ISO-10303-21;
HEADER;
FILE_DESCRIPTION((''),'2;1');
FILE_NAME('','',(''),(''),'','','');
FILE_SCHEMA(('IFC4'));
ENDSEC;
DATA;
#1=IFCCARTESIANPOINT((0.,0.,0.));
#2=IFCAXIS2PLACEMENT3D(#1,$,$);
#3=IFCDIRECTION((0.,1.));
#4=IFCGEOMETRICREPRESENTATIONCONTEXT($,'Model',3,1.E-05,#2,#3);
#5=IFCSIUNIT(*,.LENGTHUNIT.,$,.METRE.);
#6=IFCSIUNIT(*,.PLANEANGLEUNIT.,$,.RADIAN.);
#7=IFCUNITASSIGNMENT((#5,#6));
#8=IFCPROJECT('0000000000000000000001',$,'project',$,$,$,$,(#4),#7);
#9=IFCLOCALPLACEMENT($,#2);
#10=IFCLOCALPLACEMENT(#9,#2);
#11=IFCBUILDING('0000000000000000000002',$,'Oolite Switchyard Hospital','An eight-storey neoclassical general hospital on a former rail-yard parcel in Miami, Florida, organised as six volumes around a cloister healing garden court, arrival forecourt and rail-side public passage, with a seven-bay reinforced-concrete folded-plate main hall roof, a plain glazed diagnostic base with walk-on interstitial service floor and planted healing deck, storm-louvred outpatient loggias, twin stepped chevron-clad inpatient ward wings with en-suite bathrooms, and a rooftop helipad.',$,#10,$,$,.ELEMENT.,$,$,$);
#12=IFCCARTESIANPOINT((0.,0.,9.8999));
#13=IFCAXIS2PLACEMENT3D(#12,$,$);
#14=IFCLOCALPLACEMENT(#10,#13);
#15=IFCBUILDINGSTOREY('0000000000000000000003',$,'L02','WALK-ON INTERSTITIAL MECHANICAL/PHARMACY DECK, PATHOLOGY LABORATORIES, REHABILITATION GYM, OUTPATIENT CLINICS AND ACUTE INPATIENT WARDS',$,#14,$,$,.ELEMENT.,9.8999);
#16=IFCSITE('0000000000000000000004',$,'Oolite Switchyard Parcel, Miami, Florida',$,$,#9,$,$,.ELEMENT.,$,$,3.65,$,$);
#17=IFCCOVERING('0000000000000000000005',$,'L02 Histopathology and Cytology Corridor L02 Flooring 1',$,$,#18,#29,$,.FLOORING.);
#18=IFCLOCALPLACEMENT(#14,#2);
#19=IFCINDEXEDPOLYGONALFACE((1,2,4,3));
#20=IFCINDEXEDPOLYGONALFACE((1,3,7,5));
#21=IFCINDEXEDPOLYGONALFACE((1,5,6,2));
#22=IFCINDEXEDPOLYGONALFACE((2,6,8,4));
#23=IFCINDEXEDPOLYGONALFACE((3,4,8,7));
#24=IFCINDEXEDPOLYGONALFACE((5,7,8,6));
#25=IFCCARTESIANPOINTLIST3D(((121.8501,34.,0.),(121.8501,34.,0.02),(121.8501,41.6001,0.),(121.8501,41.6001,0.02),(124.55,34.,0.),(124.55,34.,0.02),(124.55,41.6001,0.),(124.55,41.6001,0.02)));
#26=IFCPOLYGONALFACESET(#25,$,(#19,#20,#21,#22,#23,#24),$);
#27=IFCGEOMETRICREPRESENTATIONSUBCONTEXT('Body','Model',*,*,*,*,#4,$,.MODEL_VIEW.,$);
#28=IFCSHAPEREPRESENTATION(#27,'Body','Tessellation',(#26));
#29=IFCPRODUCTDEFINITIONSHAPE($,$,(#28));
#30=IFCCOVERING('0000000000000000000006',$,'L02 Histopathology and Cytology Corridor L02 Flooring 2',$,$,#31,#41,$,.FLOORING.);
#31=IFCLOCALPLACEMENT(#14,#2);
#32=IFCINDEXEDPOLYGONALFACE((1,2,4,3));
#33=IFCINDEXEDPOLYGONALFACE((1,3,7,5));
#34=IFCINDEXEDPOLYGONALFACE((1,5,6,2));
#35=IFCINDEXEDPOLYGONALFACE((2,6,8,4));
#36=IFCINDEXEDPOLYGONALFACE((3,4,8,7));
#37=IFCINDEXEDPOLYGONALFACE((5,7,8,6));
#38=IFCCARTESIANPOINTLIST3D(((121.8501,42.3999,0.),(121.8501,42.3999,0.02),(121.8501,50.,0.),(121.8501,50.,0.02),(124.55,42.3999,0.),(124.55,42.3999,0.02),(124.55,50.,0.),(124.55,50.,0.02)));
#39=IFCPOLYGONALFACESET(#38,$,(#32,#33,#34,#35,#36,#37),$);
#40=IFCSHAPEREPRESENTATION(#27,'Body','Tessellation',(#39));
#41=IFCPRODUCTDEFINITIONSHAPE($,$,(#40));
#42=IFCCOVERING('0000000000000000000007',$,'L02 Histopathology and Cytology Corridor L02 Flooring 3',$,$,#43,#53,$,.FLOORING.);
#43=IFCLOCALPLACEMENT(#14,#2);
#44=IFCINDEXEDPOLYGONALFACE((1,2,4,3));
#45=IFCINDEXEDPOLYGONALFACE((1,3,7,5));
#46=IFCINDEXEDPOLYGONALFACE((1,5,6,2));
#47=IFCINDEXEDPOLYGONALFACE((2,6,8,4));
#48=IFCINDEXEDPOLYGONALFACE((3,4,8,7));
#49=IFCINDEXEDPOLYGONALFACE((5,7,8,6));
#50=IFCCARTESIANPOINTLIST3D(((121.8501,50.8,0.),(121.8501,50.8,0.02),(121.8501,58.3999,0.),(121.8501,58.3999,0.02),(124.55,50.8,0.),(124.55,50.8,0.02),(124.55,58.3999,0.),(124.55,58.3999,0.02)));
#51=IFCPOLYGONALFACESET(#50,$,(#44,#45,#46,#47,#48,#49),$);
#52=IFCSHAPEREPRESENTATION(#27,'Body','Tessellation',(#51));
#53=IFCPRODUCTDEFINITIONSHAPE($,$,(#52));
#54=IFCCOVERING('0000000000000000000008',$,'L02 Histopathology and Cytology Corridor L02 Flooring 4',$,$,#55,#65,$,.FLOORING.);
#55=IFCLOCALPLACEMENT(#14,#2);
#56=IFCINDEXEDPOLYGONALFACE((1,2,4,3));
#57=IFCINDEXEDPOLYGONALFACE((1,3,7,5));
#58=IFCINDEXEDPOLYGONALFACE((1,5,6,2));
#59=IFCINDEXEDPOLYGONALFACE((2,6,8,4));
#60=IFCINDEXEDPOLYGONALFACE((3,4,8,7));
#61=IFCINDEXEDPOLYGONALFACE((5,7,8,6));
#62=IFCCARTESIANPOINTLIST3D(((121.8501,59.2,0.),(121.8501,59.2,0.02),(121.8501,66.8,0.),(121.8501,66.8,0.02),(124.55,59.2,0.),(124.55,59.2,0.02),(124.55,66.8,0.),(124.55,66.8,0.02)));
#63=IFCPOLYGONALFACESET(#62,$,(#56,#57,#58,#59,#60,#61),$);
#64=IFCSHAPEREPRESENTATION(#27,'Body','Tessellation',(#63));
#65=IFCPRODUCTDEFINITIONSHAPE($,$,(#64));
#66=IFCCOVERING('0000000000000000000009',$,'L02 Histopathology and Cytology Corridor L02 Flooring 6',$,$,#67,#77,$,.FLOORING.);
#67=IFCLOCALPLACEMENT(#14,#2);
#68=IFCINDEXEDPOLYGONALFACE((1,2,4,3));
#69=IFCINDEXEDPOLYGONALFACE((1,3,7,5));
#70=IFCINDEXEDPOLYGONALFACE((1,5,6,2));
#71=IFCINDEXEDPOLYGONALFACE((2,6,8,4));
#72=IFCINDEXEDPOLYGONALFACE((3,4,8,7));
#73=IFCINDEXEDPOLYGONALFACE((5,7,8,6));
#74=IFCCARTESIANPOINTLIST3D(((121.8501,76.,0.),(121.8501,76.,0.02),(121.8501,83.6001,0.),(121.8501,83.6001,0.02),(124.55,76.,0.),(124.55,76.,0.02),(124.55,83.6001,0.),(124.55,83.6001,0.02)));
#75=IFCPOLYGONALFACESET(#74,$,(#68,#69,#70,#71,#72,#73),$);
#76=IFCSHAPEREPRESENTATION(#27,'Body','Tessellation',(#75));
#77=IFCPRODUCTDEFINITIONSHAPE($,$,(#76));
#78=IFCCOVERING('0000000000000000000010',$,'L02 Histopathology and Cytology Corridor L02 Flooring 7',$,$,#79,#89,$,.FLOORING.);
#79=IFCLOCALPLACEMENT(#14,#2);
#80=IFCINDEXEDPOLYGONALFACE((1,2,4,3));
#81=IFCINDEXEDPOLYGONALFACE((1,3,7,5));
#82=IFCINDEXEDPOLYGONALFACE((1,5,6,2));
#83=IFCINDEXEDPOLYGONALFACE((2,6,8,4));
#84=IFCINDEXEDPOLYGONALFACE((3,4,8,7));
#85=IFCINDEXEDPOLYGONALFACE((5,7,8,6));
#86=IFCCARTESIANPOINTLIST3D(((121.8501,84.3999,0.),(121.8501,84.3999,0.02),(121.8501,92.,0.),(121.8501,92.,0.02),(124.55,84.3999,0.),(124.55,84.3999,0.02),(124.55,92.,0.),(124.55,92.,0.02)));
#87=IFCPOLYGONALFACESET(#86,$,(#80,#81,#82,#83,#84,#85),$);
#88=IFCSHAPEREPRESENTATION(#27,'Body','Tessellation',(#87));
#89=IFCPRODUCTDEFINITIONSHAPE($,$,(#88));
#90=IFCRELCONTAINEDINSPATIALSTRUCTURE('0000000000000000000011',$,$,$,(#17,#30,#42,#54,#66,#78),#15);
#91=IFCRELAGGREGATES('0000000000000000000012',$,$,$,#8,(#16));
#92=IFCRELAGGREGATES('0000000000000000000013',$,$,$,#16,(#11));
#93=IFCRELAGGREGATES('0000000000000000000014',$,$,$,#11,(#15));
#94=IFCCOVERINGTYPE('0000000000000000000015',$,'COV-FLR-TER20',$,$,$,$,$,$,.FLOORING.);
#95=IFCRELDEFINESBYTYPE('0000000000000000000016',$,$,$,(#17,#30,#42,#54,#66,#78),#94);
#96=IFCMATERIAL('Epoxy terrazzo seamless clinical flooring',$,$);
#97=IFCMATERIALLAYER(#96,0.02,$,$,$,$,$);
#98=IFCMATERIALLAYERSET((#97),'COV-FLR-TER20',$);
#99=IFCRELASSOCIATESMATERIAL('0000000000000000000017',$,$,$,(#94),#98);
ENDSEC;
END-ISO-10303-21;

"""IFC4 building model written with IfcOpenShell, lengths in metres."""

from ifc_helpers import new_model, si_unit, direction, frame, origin, place, context, subcontext, project, spatial, polyline, outline, extrude, material, layer, layer_set, type_object, element, save


model = new_model("IFC4")

# Units and contexts
model_context = context("Model", 3, precision=1e-05, world=origin(), true_north=direction((0.0, 1.0)))
body_context = subcontext(model_context, "Body", "Model", "MODEL_VIEW")
ifc_project = project(units=[si_unit("LENGTHUNIT", "METRE"), si_unit("PLANEANGLEUNIT", "RADIAN")], contexts=[model_context])

# Site, building, storey
site_placement = place(None, origin())
site = spatial("IfcSite", under=ifc_project, at=site_placement, Name="Oolite Switchyard Parcel, Miami, Florida", CompositionType="ELEMENT", RefElevation=3.65)
building_placement = place(site_placement, origin())
building = spatial("IfcBuilding", under=site, at=building_placement, Name="Oolite Switchyard Hospital", Description="An eight-storey neoclassical general hospital on a former rail-yard parcel in Miami, Florida, organised as six volumes around a cloister healing garden court, arrival forecourt and rail-side public passage, with a seven-bay reinforced-concrete folded-plate main hall roof, a plain glazed diagnostic base with walk-on interstitial service floor and planted healing deck, storm-louvred outpatient loggias, twin stepped chevron-clad inpatient ward wings with en-suite bathrooms, and a rooftop helipad.", CompositionType="ELEMENT")
storey_placement = place(building_placement, frame((0.0, 0.0, 9.8999)))
storey = spatial("IfcBuildingStorey", under=building, at=storey_placement, Name="L02", Description="WALK-ON INTERSTITIAL MECHANICAL/PHARMACY DECK, PATHOLOGY LABORATORIES, REHABILITATION GYM, OUTPATIENT CLINICS AND ACUTE INPATIENT WARDS", CompositionType="ELEMENT", Elevation=9.8999)

# Coverings
ifc_material = material(Name="Epoxy terrazzo seamless clinical flooring")
ifc_layer = layer(ifc_material, 0.02)
ifc_layer_set = layer_set([ifc_layer], Name="COV-FLR-TER20")
covering_type = type_object("IfcCoveringType", Name="COV-FLR-TER20", PredefinedType="FLOORING", material=ifc_layer_set)
covering_1_placement = place(storey_placement, origin())
element("IfcCovering", 1, at=covering_1_placement, inside=storey, type_object=covering_type, Name="L02 Histopathology and Cytology Corridor L02 Flooring 1", PredefinedType="FLOORING", context=body_context, shape_type="SweptSolid", body=[
    extrude(outline(polyline([(121.8501, 34.0), (124.55, 34.0), (124.55, 41.6001), (121.8501, 41.6001), (121.8501, 34.0)])), origin(), (0.0, 0.0, 1.0), 0.02),
])
covering_2_placement = place(storey_placement, origin())
element("IfcCovering", 2, at=covering_2_placement, inside=storey, type_object=covering_type, Name="L02 Histopathology and Cytology Corridor L02 Flooring 2", PredefinedType="FLOORING", context=body_context, shape_type="SweptSolid", body=[
    extrude(outline(polyline([(121.8501, 42.3999), (124.55, 42.3999), (124.55, 50.0), (121.8501, 50.0), (121.8501, 42.3999)])), origin(), (0.0, 0.0, 1.0), 0.02),
])
covering_3_placement = place(storey_placement, origin())
element("IfcCovering", 3, at=covering_3_placement, inside=storey, type_object=covering_type, Name="L02 Histopathology and Cytology Corridor L02 Flooring 3", PredefinedType="FLOORING", context=body_context, shape_type="SweptSolid", body=[
    extrude(outline(polyline([(121.8501, 50.8), (124.55, 50.8), (124.55, 58.3999), (121.8501, 58.3999), (121.8501, 50.8)])), origin(), (0.0, 0.0, 1.0), 0.02),
])
covering_4_placement = place(storey_placement, origin())
element("IfcCovering", 4, at=covering_4_placement, inside=storey, type_object=covering_type, Name="L02 Histopathology and Cytology Corridor L02 Flooring 4", PredefinedType="FLOORING", context=body_context, shape_type="SweptSolid", body=[
    extrude(outline(polyline([(121.8501, 59.2), (124.55, 59.2), (124.55, 66.8), (121.8501, 66.8), (121.8501, 59.2)])), origin(), (0.0, 0.0, 1.0), 0.02),
])
covering_5_placement = place(storey_placement, origin())
element("IfcCovering", 5, at=covering_5_placement, inside=storey, type_object=covering_type, Name="L02 Histopathology and Cytology Corridor L02 Flooring 6", PredefinedType="FLOORING", context=body_context, shape_type="SweptSolid", body=[
    extrude(outline(polyline([(121.8501, 76.0), (124.55, 76.0), (124.55, 83.6001), (121.8501, 83.6001), (121.8501, 76.0)])), origin(), (0.0, 0.0, 1.0), 0.02),
])
covering_6_placement = place(storey_placement, origin())
element("IfcCovering", 6, at=covering_6_placement, inside=storey, type_object=covering_type, Name="L02 Histopathology and Cytology Corridor L02 Flooring 7", PredefinedType="FLOORING", context=body_context, shape_type="SweptSolid", body=[
    extrude(outline(polyline([(121.8501, 84.3999), (124.55, 84.3999), (124.55, 92.0), (121.8501, 92.0), (121.8501, 84.3999)])), origin(), (0.0, 0.0, 1.0), 0.02),
])

save(model, "model.ifc")
